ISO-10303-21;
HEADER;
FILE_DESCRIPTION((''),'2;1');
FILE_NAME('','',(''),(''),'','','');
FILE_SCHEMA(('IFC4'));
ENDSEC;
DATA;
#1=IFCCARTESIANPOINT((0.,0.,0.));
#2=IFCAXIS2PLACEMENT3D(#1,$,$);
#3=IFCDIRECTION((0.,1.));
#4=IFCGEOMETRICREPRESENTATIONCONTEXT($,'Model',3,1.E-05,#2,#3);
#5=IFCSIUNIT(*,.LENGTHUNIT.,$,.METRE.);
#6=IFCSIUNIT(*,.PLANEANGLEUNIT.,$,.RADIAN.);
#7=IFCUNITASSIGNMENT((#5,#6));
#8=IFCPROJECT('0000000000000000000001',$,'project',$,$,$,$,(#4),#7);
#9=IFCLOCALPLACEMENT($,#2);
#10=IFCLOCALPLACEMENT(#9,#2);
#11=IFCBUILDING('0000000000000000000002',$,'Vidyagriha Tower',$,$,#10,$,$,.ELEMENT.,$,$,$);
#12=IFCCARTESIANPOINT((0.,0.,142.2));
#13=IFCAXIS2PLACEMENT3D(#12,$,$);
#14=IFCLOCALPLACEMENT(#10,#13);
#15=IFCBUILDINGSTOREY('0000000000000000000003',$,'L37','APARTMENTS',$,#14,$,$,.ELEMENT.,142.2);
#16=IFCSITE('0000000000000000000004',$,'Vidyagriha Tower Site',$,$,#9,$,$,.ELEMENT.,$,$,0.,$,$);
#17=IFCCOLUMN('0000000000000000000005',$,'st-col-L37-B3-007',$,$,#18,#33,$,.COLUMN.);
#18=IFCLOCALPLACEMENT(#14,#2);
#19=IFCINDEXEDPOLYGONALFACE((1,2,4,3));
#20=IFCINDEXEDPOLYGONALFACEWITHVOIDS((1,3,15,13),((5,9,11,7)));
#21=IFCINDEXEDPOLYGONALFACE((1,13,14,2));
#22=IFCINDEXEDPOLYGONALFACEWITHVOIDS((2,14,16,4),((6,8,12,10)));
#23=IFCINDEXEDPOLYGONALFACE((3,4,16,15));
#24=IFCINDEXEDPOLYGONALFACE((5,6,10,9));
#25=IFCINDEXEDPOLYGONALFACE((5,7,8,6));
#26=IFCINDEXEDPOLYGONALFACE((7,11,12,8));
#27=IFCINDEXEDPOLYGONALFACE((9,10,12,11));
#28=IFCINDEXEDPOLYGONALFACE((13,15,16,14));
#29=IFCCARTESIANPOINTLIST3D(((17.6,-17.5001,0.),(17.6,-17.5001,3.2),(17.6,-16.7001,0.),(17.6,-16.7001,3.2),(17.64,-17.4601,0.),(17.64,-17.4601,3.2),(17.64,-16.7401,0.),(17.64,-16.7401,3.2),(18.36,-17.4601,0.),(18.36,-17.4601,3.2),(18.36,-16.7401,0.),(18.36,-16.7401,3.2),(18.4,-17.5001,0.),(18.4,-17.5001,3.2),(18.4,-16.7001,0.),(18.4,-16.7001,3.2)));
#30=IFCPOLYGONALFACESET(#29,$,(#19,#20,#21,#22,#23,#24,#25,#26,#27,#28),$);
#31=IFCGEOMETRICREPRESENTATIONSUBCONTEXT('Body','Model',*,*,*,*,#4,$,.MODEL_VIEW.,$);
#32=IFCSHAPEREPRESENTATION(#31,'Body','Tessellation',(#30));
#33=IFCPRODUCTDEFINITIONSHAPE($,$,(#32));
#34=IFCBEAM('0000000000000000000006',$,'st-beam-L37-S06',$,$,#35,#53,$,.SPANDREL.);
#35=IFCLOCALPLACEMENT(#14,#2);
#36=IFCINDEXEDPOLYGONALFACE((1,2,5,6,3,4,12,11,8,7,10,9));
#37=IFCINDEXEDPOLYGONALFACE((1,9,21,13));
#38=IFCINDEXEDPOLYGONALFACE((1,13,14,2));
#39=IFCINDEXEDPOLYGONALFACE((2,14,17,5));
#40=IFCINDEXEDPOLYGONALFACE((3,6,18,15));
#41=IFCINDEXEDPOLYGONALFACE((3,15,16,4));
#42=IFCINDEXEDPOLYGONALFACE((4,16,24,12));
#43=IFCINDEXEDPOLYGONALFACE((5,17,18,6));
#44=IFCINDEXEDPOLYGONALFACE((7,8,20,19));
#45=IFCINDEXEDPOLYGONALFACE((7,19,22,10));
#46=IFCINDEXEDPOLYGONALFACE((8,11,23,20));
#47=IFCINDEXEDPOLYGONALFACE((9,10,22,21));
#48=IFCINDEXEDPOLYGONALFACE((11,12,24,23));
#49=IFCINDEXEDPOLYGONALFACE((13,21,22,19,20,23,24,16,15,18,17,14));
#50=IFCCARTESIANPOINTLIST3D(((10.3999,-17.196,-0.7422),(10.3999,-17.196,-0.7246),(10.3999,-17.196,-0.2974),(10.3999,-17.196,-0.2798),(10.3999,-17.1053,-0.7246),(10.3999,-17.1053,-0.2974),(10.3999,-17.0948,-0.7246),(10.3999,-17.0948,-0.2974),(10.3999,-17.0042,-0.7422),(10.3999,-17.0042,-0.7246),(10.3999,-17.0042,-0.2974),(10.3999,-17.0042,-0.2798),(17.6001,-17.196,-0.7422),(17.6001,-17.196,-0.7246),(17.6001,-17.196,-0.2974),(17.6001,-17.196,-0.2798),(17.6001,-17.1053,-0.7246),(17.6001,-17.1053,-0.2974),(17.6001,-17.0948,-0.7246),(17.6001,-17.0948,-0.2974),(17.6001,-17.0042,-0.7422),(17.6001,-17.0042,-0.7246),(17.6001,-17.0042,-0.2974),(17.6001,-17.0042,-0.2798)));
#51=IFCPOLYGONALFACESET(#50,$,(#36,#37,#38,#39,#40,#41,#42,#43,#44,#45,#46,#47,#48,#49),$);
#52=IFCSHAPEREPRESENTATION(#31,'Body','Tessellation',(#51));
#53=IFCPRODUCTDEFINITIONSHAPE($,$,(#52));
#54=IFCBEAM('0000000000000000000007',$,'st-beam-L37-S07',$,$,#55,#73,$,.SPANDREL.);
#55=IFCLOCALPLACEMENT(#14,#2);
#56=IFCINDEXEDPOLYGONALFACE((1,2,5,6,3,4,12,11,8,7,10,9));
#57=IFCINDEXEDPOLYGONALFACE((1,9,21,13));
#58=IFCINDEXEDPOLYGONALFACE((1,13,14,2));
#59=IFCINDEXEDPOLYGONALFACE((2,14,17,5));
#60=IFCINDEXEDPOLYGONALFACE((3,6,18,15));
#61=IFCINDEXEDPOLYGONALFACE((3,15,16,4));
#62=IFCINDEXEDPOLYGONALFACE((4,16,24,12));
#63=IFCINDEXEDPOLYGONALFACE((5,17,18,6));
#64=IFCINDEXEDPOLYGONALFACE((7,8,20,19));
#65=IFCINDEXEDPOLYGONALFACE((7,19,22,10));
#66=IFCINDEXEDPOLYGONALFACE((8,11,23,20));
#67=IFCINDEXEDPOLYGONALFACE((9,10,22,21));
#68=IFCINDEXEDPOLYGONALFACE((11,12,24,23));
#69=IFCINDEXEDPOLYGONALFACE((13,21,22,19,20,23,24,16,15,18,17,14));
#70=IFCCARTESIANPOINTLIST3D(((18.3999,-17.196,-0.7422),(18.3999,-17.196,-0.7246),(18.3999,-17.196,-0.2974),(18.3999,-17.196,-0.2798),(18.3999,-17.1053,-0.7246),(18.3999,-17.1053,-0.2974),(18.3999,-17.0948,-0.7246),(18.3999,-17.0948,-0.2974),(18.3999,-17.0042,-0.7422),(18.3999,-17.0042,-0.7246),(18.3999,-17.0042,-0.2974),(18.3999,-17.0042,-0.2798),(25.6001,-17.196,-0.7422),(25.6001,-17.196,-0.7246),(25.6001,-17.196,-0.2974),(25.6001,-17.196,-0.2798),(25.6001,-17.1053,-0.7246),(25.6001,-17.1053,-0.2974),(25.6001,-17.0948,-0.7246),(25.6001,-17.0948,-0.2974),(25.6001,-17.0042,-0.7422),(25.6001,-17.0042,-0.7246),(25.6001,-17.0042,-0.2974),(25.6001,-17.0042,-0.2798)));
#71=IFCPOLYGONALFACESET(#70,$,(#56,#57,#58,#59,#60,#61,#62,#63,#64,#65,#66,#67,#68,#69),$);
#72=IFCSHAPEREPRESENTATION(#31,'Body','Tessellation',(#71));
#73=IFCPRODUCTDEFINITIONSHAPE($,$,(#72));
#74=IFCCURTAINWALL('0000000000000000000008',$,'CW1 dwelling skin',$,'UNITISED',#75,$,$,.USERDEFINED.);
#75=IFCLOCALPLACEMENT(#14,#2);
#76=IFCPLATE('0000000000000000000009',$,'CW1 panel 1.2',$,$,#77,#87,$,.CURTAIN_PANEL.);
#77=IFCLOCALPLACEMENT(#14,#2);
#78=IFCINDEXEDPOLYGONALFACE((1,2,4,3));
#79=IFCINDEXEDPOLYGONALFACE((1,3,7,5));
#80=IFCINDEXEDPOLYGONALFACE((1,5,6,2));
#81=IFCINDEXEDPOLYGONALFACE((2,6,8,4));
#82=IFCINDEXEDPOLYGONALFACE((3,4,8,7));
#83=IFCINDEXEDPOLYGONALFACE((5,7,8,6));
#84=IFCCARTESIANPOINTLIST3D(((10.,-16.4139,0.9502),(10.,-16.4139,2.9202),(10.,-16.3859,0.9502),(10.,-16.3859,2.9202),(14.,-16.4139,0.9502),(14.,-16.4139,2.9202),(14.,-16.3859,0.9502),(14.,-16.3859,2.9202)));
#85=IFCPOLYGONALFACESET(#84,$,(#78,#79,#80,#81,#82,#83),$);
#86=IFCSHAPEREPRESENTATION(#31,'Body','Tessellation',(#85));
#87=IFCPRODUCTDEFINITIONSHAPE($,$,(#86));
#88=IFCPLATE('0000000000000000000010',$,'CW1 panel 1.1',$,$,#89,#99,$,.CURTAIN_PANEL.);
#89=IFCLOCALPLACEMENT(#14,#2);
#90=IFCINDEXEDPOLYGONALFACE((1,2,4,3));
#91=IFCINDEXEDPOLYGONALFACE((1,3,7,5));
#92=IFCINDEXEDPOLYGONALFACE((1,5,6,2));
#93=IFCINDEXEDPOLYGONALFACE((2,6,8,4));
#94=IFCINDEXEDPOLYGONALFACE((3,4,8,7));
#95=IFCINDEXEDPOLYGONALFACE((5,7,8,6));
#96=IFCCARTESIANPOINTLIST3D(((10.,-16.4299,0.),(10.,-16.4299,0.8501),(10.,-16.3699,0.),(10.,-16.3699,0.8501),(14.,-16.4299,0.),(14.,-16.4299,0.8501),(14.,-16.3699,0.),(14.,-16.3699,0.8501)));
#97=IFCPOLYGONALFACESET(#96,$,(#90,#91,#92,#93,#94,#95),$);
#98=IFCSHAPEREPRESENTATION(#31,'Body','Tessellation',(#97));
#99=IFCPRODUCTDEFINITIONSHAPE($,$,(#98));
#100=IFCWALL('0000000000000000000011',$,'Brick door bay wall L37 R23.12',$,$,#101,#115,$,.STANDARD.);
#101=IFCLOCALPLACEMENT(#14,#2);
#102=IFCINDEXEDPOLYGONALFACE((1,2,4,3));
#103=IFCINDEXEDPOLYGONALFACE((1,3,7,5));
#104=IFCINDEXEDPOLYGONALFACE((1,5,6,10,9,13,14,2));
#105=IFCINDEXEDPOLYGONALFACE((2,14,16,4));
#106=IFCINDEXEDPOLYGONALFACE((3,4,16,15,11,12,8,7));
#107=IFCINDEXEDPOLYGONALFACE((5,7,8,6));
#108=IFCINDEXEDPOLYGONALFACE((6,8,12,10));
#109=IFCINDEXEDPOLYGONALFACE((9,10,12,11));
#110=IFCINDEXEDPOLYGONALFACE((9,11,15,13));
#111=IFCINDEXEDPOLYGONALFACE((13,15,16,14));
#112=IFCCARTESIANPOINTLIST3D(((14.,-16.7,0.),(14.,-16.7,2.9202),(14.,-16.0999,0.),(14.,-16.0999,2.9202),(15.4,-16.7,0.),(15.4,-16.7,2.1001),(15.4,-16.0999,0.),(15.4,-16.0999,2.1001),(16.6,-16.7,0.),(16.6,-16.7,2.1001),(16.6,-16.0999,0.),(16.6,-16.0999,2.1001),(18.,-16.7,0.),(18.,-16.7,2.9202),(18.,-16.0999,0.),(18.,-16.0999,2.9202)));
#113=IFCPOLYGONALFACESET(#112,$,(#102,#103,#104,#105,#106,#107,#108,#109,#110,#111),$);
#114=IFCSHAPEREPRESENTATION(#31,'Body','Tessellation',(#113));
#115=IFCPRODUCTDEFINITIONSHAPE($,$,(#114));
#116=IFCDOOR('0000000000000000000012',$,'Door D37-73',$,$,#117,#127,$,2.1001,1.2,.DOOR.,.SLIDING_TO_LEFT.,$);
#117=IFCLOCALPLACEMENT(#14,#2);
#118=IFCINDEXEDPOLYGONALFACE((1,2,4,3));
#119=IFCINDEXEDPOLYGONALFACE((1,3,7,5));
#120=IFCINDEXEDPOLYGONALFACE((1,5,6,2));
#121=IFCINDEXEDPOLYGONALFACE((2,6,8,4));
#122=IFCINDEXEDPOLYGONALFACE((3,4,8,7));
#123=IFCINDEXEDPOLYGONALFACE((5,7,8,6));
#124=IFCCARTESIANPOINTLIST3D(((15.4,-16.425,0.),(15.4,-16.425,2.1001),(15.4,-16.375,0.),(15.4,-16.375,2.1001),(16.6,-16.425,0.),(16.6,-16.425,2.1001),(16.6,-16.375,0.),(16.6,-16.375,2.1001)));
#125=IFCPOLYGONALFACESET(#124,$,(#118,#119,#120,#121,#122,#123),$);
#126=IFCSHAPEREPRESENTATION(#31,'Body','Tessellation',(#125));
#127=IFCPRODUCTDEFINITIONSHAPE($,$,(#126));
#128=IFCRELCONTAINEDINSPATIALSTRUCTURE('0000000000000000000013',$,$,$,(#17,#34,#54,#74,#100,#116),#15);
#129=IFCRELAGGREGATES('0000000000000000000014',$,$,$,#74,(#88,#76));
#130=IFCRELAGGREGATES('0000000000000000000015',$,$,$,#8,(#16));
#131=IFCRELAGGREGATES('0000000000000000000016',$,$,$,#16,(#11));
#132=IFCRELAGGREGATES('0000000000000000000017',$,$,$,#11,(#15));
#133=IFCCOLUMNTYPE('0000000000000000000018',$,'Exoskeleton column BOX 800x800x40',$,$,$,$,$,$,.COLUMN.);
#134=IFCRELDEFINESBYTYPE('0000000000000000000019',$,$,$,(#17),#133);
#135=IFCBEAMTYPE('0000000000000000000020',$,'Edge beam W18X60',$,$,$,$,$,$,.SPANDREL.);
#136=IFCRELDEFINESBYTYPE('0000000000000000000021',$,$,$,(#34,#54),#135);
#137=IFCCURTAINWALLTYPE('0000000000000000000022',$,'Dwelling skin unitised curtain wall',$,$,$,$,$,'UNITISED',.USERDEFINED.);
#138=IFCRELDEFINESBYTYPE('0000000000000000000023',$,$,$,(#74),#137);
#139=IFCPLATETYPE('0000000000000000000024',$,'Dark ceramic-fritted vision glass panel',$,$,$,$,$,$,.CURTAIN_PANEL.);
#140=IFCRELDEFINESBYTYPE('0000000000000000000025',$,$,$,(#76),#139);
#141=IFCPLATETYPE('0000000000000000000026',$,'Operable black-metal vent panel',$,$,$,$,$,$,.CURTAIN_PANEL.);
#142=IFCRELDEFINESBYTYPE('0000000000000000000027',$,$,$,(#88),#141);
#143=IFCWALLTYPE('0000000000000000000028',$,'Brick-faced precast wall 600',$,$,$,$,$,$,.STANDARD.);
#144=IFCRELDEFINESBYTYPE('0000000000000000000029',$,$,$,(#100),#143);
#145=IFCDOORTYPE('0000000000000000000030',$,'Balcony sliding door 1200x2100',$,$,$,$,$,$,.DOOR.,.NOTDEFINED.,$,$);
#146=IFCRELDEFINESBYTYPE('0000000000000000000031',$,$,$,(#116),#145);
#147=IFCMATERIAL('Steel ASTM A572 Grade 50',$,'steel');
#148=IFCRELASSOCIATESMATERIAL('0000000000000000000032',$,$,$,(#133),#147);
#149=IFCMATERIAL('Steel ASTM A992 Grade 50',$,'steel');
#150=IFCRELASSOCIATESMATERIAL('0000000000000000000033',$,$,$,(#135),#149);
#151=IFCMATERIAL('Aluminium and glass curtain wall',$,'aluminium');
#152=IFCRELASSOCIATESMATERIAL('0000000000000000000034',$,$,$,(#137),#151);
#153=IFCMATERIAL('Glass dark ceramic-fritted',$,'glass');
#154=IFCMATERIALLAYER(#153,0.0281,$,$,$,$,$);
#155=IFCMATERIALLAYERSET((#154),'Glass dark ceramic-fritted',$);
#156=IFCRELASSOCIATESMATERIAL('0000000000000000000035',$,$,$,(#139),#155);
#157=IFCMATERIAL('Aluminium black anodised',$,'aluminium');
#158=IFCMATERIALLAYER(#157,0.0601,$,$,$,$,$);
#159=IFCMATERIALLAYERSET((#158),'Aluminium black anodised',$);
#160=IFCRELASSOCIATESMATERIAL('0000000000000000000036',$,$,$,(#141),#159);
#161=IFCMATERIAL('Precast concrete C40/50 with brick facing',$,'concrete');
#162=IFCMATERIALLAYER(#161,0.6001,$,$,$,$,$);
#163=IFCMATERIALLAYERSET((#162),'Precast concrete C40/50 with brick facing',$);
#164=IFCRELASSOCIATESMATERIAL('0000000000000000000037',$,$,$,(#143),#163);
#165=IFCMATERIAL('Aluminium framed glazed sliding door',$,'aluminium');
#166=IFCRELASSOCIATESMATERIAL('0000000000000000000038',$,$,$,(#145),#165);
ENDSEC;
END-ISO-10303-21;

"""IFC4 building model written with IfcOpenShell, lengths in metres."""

from ifc_helpers import new_model, si_unit, direction, frame, frame_2d, origin, origin_2d, place, context, subcontext, project, spatial, rectangle, hollow_rectangle, i_section, extrude, material, layer, layer_set, material_profile, profile_set, type_object, element, fill, aggregate, save


model = new_model("IFC4")

# Units and contexts
model_context = context("Model", 3, precision=1e-05, world=origin(), true_north=direction((0.0, 1.0)))
body_context = subcontext(model_context, "Body", "Model", "MODEL_VIEW")
ifc_project = project(units=[si_unit("LENGTHUNIT", "METRE"), si_unit("PLANEANGLEUNIT", "RADIAN")], contexts=[model_context])

# Site, building, storey
site_placement = place(None, origin())
site = spatial("IfcSite", under=ifc_project, at=site_placement, Name="Vidyagriha Tower Site", CompositionType="ELEMENT", RefElevation=0.0)
building_placement = place(site_placement, origin())
building = spatial("IfcBuilding", under=site, at=building_placement, Name="Vidyagriha Tower", CompositionType="ELEMENT")
storey_placement = place(building_placement, frame((0.0, 0.0, 142.2)))
storey = spatial("IfcBuildingStorey", under=building, at=storey_placement, Name="L37", Description="APARTMENTS", CompositionType="ELEMENT", Elevation=142.2)

# Column
ifc_material_1 = material(Name="Steel ASTM A572 Grade 50", Category="steel")
ifc_material_profile_1 = material_profile(ifc_material_1, hollow_rectangle(XDim=0.8, YDim=0.8, WallThickness=0.04, at=origin_2d()), Name="BOX 800x800x40")
ifc_profile_set_1 = profile_set([ifc_material_profile_1], Name="Steel ASTM A572 Grade 50")
column_type = type_object("IfcColumnType", Name="Exoskeleton column BOX 800x800x40", PredefinedType="COLUMN", material=ifc_profile_set_1)
column_placement = place(storey_placement, frame((18.0, -17.1001, 0.0)))
element("IfcColumn", 1, at=column_placement, inside=storey, type_object=column_type, Name="st-col-L37-B3-007", PredefinedType="COLUMN", context=body_context, shape_type="SweptSolid", body=[
    extrude(hollow_rectangle(XDim=0.8, YDim=0.8, WallThickness=0.04, at=origin_2d()), origin(), (0.0, 0.0, 1.0), 3.2),
])

# Beams
ifc_material_2 = material(Name="Steel ASTM A992 Grade 50", Category="steel")
ifc_material_profile_2 = material_profile(ifc_material_2, i_section(OverallWidth=0.1919, OverallDepth=0.4624, WebThickness=0.0105, FlangeThickness=0.0176, at=origin_2d()), Name="W18X60")
ifc_profile_set_2 = profile_set([ifc_material_profile_2], Name="Steel ASTM A992 Grade 50")
beam_type = type_object("IfcBeamType", Name="Edge beam W18X60", PredefinedType="SPANDREL", material=ifc_profile_set_2)
for number, where, z_axis, x_axis, name in (
    (2, (10.3999, -17.1001, -0.511), (1.0, 0.0, 0.0), (0.0, 1.0, 0.0), "st-beam-L37-S06"),
    (3, (18.3999, -17.1001, -0.511), (1.0, 0.0, 0.0), (0.0, 1.0, 0.0), "st-beam-L37-S07"),
):
    element("IfcBeam", number, at=place(storey_placement, frame(where, z_axis=z_axis, x_axis=x_axis)), inside=storey, type_object=beam_type, Name=name, PredefinedType="SPANDREL", context=body_context, shape_type="SweptSolid", body=[
        extrude(i_section(OverallWidth=0.1919, OverallDepth=0.4624, WebThickness=0.0105, FlangeThickness=0.0176, at=origin_2d()), origin(), (0.0, 0.0, 1.0), 7.2002),
    ])

# Curtain wall, plates
ifc_material_3 = material(Name="Aluminium and glass curtain wall", Category="aluminium")
curtain_wall_type = type_object("IfcCurtainWallType", Name="Dwelling skin unitised curtain wall", ElementType="UNITISED", PredefinedType="USERDEFINED", material=ifc_material_3)
curtain_wall_placement = place(storey_placement, origin())
curtain_wall = element("IfcCurtainWall", 4, at=curtain_wall_placement, inside=storey, type_object=curtain_wall_type, Name="CW1 dwelling skin", ObjectType="UNITISED", PredefinedType="USERDEFINED")
ifc_material_4 = material(Name="Glass dark ceramic-fritted", Category="glass")
ifc_layer_1 = layer(ifc_material_4, 0.0281)
ifc_layer_set_1 = layer_set([ifc_layer_1], Name="Glass dark ceramic-fritted")
plate_type_1 = type_object("IfcPlateType", Name="Dark ceramic-fritted vision glass panel", PredefinedType="CURTAIN_PANEL", material=ifc_layer_set_1)
plate_1_placement = place(storey_placement, frame((12.0, -16.3999, 0.9502)))
plate_1 = element("IfcPlate", 5, at=plate_1_placement, type_object=plate_type_1, Name="CW1 panel 1.2", PredefinedType="CURTAIN_PANEL", context=body_context, shape_type="SweptSolid", body=[
    extrude(rectangle(XDim=4.0, YDim=0.0281, at=origin_2d()), origin(), (0.0, 0.0, 1.0), 1.97),
])
ifc_material_5 = material(Name="Aluminium black anodised", Category="aluminium")
ifc_layer_2 = layer(ifc_material_5, 0.0601)
ifc_layer_set_2 = layer_set([ifc_layer_2], Name="Aluminium black anodised")
plate_type_2 = type_object("IfcPlateType", Name="Operable black-metal vent panel", PredefinedType="CURTAIN_PANEL", material=ifc_layer_set_2)
plate_2_placement = place(storey_placement, frame((12.0, -16.3999, 0.0)))
plate_2 = element("IfcPlate", 6, at=plate_2_placement, type_object=plate_type_2, Name="CW1 panel 1.1", PredefinedType="CURTAIN_PANEL", context=body_context, shape_type="SweptSolid", body=[
    extrude(rectangle(XDim=4.0, YDim=0.0601, at=origin_2d()), origin(), (0.0, 0.0, 1.0), 0.8501),
])
aggregate(curtain_wall, [plate_2, plate_1])

# Wall, opening, door
ifc_material_6 = material(Name="Precast concrete C40/50 with brick facing", Category="concrete")
ifc_layer_3 = layer(ifc_material_6, 0.6001)
ifc_layer_set_3 = layer_set([ifc_layer_3], Name="Precast concrete C40/50 with brick facing")
wall_type = type_object("IfcWallType", Name="Brick-faced precast wall 600", PredefinedType="STANDARD", material=ifc_layer_set_3)
wall_placement = place(storey_placement, frame((14.0, -16.3999, 0.0)))
wall = element("IfcWall", 7, at=wall_placement, inside=storey, type_object=wall_type, Name="Brick door bay wall L37 R23.12", PredefinedType="STANDARD", context=body_context, shape_type="SweptSolid", body=[
    extrude(rectangle(XDim=4.0, YDim=0.6001, at=frame_2d((2.0, 0.0))), origin(), (0.0, 0.0, 1.0), 2.9202),
])
opening_placement = place(wall_placement, frame((1.3999, 0.0, 0.0)))
opening = element("IfcOpeningElement", 8, at=opening_placement, cuts=wall, PredefinedType="OPENING", context=body_context, shape_type="SweptSolid", body=[
    extrude(rectangle(XDim=1.2, YDim=2.1001, at=frame_2d((0.6001, 1.05))), frame((0.0, 0.3101, 0.0), z_axis=(0.0, -1.0, 0.0), x_axis=(1.0, 0.0, 0.0)), (0.0, 0.0, 1.0), 0.6201),
])
ifc_material_7 = material(Name="Aluminium framed glazed sliding door", Category="aluminium")
door_type = type_object("IfcDoorType", Name="Balcony sliding door 1200x2100", OperationType="NOTDEFINED", PredefinedType="DOOR", material=ifc_material_7)
door_placement = place(opening_placement, origin())
door = element("IfcDoor", 9, at=door_placement, inside=storey, type_object=door_type, Name="Door D37-73", OperationType="SLIDING_TO_LEFT", OverallHeight=2.1001, OverallWidth=1.2, PredefinedType="DOOR", context=body_context, shape_type="SweptSolid", body=[
    extrude(rectangle(XDim=1.2, YDim=2.1001, at=frame_2d((0.6001, 1.05))), frame((0.0, 0.0249, 0.0), z_axis=(0.0, -1.0, 0.0), x_axis=(1.0, 0.0, 0.0)), (0.0, 0.0, 1.0), 0.05),
])
fill(opening, door)

save(model, "model.ifc")
